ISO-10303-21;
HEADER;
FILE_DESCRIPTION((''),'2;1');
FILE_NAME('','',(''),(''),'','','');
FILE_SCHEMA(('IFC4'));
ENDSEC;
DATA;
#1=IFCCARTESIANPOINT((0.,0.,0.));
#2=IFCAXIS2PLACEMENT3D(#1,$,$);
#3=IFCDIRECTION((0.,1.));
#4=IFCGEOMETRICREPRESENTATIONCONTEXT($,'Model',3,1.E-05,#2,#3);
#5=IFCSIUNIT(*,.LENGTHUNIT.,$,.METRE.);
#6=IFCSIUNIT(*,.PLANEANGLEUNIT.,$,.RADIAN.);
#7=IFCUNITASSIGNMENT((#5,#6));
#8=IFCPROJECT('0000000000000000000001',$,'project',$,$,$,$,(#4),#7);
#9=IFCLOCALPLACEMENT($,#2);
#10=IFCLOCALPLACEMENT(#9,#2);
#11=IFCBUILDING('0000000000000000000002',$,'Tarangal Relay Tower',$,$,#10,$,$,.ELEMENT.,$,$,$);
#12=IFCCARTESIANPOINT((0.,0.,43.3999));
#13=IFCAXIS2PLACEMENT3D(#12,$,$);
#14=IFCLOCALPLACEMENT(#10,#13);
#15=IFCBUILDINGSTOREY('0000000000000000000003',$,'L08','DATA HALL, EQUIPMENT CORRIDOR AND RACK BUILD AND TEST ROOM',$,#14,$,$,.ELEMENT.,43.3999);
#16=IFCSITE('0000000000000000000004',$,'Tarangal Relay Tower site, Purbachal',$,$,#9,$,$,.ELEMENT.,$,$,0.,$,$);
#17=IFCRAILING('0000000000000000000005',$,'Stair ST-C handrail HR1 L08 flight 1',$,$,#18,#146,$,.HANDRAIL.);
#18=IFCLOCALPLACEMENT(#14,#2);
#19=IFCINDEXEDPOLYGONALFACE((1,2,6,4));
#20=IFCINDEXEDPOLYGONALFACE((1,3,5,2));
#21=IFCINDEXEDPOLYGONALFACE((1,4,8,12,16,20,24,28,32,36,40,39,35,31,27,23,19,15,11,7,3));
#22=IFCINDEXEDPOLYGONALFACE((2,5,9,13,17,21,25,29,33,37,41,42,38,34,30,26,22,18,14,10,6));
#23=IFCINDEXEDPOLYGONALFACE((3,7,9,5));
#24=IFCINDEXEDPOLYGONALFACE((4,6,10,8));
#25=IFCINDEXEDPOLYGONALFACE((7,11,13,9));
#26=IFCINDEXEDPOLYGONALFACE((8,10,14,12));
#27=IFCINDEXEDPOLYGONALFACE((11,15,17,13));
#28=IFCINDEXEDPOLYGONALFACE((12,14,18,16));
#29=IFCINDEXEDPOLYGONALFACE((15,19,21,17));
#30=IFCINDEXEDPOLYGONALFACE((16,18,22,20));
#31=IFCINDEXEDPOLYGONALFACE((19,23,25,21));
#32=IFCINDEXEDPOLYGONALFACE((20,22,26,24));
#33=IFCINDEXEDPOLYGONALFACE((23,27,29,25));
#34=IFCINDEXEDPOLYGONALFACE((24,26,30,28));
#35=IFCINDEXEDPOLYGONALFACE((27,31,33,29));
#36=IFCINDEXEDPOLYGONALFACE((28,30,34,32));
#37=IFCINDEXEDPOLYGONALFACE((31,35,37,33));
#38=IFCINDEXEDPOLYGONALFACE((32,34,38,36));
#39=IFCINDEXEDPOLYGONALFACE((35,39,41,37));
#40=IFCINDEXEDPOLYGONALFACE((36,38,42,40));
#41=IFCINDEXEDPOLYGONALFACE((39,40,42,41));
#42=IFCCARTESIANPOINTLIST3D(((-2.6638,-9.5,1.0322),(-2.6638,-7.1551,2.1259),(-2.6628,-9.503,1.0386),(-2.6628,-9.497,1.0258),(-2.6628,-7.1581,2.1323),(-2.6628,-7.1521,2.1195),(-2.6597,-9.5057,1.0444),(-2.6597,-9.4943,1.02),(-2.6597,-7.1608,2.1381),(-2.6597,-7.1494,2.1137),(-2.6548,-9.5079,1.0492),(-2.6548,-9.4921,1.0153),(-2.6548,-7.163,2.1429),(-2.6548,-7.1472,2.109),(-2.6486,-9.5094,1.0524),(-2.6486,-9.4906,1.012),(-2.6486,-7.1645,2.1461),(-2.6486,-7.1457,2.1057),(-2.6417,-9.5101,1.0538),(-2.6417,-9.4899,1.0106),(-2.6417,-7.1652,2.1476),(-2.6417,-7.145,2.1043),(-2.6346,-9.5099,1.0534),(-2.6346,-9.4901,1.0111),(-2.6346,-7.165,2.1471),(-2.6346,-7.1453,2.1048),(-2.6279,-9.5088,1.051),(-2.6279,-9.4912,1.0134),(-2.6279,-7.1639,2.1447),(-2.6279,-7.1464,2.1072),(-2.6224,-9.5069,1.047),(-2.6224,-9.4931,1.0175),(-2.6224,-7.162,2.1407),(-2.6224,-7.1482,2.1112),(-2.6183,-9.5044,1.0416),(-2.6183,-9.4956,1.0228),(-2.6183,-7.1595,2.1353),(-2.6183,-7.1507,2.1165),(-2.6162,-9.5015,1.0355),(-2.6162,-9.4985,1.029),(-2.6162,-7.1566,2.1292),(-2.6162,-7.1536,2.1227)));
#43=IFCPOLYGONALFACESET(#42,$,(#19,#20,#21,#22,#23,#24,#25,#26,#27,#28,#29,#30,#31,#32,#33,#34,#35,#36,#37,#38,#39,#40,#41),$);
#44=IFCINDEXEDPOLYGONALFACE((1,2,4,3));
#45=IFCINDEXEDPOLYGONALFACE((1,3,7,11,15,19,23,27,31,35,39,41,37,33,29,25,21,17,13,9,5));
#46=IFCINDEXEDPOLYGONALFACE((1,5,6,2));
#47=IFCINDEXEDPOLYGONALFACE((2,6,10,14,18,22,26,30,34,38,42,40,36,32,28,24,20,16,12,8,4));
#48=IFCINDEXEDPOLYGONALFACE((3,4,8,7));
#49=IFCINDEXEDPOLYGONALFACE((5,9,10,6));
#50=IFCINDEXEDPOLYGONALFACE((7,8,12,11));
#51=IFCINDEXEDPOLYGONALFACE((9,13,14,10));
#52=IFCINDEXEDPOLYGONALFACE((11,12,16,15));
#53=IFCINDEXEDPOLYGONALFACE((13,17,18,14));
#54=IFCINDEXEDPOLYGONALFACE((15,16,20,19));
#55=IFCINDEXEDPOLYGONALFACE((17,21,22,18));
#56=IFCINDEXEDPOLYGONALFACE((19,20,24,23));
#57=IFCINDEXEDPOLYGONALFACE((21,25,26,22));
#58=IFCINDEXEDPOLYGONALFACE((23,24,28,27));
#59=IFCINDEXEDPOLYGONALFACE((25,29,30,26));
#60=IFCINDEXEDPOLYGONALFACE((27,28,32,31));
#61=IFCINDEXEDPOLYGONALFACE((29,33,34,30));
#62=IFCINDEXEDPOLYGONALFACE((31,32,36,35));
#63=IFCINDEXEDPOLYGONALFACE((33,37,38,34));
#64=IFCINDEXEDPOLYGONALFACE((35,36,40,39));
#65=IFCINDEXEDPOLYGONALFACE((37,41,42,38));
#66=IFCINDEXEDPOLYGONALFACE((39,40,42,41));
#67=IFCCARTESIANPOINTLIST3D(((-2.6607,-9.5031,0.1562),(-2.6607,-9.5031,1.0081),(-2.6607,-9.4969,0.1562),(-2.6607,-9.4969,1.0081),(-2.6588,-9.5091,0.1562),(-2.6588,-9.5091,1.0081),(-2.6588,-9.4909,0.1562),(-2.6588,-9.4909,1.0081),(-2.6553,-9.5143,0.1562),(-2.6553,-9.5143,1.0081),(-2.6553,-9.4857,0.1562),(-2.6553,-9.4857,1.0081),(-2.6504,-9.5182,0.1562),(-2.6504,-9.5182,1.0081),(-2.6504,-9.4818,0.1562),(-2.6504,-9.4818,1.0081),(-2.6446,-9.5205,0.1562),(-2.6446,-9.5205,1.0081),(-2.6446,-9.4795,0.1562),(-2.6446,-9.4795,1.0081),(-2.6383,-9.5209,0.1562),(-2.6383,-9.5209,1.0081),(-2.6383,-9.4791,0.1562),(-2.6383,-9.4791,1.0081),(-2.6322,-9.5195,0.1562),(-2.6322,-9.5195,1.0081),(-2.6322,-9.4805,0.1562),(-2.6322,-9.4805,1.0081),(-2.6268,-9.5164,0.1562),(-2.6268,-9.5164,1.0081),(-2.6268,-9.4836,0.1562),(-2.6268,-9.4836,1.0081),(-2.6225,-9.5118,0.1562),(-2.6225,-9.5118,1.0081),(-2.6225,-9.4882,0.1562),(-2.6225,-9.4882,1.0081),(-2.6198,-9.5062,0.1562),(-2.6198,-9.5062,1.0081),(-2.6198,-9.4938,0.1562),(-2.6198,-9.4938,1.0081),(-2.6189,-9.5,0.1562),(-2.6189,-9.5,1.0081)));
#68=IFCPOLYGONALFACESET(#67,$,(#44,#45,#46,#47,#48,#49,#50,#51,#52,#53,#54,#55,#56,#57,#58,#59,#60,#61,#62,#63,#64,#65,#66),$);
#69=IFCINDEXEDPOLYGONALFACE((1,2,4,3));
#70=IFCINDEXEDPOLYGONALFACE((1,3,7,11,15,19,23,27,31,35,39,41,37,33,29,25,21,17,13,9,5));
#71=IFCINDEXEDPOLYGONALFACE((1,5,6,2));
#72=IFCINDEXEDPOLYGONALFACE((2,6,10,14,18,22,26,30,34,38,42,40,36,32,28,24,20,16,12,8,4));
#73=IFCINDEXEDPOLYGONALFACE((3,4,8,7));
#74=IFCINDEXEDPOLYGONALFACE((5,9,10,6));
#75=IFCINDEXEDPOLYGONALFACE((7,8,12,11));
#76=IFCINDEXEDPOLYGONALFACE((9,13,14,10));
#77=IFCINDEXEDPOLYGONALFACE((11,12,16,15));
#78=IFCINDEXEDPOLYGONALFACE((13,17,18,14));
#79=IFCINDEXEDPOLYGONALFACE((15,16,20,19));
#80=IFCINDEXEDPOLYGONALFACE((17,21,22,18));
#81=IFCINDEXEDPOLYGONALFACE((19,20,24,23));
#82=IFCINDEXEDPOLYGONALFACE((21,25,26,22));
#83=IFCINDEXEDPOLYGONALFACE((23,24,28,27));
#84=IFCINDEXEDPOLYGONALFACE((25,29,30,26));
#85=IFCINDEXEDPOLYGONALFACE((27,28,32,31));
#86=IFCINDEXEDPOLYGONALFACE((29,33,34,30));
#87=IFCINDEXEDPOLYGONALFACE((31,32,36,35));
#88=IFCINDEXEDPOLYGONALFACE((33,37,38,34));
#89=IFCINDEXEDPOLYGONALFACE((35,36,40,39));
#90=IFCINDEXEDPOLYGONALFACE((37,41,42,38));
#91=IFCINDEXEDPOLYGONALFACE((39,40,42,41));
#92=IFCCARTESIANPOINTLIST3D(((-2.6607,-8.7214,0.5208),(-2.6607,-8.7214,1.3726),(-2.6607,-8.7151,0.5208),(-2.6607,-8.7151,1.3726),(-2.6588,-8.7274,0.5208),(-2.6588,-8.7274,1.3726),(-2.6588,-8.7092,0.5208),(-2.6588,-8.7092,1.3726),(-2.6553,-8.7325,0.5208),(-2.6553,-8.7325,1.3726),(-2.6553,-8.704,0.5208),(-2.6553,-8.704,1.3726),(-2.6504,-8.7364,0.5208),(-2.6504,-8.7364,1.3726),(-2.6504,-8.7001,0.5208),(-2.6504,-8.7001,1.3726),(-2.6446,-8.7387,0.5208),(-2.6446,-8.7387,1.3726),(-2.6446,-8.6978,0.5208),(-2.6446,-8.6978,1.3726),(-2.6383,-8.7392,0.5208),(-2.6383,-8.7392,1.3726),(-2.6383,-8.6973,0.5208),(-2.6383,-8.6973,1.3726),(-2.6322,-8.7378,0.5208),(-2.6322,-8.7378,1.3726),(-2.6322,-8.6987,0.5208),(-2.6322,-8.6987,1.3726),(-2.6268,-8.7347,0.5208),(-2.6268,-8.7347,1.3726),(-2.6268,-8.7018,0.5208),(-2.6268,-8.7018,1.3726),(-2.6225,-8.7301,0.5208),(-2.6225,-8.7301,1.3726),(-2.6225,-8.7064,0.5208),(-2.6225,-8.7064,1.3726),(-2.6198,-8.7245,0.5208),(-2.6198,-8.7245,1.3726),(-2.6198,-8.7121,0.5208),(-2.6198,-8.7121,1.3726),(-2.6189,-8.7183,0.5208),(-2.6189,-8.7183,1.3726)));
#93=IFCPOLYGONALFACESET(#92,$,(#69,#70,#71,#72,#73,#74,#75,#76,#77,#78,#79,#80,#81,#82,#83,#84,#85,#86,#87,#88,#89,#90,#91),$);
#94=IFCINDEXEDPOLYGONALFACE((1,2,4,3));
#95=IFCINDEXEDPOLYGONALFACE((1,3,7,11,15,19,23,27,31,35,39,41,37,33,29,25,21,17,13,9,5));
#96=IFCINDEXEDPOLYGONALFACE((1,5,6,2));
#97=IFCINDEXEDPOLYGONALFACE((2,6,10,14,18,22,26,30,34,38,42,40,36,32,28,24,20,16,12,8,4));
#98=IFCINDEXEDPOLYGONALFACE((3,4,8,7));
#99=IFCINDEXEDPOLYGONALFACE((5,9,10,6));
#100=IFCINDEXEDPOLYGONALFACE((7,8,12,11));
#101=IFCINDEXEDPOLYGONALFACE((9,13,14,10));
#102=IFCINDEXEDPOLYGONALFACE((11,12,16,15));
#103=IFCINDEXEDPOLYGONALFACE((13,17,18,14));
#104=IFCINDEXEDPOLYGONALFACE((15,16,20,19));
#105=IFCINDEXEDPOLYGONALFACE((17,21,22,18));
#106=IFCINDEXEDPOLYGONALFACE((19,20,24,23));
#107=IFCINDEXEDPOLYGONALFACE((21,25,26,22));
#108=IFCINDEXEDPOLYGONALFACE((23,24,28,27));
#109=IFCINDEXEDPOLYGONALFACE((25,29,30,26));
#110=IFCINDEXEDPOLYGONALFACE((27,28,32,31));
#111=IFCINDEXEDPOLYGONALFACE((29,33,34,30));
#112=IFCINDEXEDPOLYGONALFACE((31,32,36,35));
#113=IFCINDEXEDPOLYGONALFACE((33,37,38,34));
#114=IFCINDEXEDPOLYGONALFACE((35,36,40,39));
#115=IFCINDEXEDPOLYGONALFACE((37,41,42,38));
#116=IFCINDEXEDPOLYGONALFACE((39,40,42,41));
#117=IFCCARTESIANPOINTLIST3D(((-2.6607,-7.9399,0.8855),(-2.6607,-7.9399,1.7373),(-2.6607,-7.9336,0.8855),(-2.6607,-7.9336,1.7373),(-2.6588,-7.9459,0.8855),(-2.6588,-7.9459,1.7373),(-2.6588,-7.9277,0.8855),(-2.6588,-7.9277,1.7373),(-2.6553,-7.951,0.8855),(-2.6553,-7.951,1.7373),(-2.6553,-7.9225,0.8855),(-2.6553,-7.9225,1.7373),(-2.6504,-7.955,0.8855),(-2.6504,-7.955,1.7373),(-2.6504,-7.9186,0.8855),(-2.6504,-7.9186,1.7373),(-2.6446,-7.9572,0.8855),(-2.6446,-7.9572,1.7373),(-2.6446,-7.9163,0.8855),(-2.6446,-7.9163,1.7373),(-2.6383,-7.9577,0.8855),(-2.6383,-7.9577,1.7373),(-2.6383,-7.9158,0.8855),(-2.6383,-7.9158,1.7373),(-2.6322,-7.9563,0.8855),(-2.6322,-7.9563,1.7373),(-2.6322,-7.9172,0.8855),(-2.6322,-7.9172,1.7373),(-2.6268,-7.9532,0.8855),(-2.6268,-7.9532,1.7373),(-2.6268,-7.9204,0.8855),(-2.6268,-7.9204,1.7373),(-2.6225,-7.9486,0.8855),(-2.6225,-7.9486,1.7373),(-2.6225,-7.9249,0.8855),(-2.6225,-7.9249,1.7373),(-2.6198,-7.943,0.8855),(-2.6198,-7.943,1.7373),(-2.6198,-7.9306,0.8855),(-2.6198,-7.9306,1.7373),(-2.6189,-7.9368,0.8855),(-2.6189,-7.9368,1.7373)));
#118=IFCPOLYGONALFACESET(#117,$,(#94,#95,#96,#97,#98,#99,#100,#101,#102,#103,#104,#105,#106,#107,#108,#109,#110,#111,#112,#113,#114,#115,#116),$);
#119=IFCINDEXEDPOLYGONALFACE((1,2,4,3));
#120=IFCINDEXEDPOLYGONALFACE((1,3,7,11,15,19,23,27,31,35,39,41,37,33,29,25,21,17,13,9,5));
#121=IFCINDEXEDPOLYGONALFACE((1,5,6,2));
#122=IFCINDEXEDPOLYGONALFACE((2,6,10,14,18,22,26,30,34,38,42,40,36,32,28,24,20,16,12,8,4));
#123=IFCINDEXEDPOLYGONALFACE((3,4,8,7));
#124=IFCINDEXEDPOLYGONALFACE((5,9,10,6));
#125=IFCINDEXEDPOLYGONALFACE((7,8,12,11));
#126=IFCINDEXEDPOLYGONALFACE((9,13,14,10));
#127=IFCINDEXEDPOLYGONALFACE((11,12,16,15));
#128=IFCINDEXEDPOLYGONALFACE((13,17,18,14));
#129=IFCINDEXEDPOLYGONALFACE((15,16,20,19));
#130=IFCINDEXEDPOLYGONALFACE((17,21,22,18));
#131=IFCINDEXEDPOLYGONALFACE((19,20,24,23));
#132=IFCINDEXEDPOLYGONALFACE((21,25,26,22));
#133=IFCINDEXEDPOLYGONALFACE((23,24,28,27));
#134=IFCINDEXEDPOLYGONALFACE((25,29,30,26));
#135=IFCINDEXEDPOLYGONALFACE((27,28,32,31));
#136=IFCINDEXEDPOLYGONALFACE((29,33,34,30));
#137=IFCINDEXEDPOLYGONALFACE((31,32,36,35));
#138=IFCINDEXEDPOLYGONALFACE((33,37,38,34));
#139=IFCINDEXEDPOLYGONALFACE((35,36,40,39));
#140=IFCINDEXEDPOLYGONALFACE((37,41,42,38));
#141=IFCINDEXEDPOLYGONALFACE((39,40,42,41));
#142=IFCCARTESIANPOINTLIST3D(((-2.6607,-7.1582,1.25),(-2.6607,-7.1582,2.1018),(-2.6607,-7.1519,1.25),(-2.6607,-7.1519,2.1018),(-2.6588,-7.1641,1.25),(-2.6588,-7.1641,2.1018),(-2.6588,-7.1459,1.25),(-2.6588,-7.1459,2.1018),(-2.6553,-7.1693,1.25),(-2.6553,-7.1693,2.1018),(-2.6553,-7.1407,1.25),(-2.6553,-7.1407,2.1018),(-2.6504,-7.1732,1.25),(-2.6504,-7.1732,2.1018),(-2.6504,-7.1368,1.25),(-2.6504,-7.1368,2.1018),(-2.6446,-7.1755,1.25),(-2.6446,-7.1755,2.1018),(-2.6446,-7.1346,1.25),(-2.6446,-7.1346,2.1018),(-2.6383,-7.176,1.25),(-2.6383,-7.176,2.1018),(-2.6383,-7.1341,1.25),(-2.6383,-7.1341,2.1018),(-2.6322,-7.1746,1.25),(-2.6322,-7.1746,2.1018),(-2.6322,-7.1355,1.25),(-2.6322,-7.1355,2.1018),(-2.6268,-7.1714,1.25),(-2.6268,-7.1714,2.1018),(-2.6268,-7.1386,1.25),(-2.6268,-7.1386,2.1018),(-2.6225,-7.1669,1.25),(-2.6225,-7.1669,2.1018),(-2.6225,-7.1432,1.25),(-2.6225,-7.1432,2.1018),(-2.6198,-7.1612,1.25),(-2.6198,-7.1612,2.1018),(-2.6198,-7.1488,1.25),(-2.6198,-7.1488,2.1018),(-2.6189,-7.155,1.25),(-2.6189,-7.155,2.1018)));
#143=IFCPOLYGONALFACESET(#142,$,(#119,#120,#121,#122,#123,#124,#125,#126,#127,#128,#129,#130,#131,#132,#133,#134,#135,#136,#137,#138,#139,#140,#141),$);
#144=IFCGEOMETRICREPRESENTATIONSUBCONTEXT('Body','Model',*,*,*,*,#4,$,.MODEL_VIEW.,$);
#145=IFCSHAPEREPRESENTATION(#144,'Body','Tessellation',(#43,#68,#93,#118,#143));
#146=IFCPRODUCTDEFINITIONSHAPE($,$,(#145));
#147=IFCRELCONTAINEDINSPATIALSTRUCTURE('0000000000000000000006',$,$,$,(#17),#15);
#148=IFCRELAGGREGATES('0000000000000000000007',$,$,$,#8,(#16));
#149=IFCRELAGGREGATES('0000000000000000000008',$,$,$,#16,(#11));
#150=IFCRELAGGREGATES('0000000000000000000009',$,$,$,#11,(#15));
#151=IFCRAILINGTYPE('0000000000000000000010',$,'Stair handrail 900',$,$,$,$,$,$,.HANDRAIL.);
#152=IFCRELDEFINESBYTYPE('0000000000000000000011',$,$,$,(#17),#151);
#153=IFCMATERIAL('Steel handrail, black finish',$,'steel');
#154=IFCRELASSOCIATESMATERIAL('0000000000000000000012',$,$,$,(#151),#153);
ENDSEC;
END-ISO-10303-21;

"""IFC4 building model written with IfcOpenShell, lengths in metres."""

from ifc_helpers import new_model, si_unit, direction, frame, origin, origin_2d, place, context, subcontext, project, spatial, circle, extrude, material, type_object, element, save


model = new_model("IFC4")

# Units and contexts
model_context = context("Model", 3, precision=1e-05, world=origin(), true_north=direction((0.0, 1.0)))
body_context = subcontext(model_context, "Body", "Model", "MODEL_VIEW")
ifc_project = project(units=[si_unit("LENGTHUNIT", "METRE"), si_unit("PLANEANGLEUNIT", "RADIAN")], contexts=[model_context])

# Site, building, storey
site_placement = place(None, origin())
site = spatial("IfcSite", under=ifc_project, at=site_placement, Name="Tarangal Relay Tower site, Purbachal", CompositionType="ELEMENT", RefElevation=0.0)
building_placement = place(site_placement, origin())
building = spatial("IfcBuilding", under=site, at=building_placement, Name="Tarangal Relay Tower", CompositionType="ELEMENT")
storey_placement = place(building_placement, frame((0.0, 0.0, 43.3999)))
storey = spatial("IfcBuildingStorey", under=building, at=storey_placement, Name="L08", Description="DATA HALL, EQUIPMENT CORRIDOR AND RACK BUILD AND TEST ROOM", CompositionType="ELEMENT", Elevation=43.3999)

# Railing
ifc_material_1 = material(Name="Steel handrail, black finish", Category="steel")
railing_type_1 = type_object("IfcRailingType", Name="Stair handrail 900", PredefinedType="HANDRAIL", material=ifc_material_1)
for number, where, name in (
    (1, (-2.6399, -9.5, 0.1562), "Stair ST-C handrail HR1 L08 flight 1"),
):
    element("IfcRailing", number, at=place(storey_placement, frame(where)), inside=storey, type_object=railing_type_1, Name=name, PredefinedType="HANDRAIL", context=body_context, shape_type="SweptSolid", body=[
        extrude(circle(Radius=0.0239, at=origin_2d()), frame((0.0, 0.0, 0.876), z_axis=(0.0, 0.906267, 0.422705), x_axis=(-1.0, 0.0, 0.0)), (0.0, 0.0, 1.0), 2.5874),
        extrude(circle(Radius=0.021, at=origin_2d()), origin(), (0.0, 0.0, 1.0), 0.8518),
        extrude(circle(Radius=0.021, at=origin_2d()), frame((0.0, 0.7817, 0.3645)), (0.0, 0.0, 1.0), 0.8518),
        extrude(circle(Radius=0.021, at=origin_2d()), frame((0.0, 1.5632, 0.7292)), (0.0, 0.0, 1.0), 0.8518),
        extrude(circle(Radius=0.021, at=origin_2d()), frame((0.0, 2.345, 1.0938)), (0.0, 0.0, 1.0), 0.8518),
    ])

save(model, "model.ifc")
